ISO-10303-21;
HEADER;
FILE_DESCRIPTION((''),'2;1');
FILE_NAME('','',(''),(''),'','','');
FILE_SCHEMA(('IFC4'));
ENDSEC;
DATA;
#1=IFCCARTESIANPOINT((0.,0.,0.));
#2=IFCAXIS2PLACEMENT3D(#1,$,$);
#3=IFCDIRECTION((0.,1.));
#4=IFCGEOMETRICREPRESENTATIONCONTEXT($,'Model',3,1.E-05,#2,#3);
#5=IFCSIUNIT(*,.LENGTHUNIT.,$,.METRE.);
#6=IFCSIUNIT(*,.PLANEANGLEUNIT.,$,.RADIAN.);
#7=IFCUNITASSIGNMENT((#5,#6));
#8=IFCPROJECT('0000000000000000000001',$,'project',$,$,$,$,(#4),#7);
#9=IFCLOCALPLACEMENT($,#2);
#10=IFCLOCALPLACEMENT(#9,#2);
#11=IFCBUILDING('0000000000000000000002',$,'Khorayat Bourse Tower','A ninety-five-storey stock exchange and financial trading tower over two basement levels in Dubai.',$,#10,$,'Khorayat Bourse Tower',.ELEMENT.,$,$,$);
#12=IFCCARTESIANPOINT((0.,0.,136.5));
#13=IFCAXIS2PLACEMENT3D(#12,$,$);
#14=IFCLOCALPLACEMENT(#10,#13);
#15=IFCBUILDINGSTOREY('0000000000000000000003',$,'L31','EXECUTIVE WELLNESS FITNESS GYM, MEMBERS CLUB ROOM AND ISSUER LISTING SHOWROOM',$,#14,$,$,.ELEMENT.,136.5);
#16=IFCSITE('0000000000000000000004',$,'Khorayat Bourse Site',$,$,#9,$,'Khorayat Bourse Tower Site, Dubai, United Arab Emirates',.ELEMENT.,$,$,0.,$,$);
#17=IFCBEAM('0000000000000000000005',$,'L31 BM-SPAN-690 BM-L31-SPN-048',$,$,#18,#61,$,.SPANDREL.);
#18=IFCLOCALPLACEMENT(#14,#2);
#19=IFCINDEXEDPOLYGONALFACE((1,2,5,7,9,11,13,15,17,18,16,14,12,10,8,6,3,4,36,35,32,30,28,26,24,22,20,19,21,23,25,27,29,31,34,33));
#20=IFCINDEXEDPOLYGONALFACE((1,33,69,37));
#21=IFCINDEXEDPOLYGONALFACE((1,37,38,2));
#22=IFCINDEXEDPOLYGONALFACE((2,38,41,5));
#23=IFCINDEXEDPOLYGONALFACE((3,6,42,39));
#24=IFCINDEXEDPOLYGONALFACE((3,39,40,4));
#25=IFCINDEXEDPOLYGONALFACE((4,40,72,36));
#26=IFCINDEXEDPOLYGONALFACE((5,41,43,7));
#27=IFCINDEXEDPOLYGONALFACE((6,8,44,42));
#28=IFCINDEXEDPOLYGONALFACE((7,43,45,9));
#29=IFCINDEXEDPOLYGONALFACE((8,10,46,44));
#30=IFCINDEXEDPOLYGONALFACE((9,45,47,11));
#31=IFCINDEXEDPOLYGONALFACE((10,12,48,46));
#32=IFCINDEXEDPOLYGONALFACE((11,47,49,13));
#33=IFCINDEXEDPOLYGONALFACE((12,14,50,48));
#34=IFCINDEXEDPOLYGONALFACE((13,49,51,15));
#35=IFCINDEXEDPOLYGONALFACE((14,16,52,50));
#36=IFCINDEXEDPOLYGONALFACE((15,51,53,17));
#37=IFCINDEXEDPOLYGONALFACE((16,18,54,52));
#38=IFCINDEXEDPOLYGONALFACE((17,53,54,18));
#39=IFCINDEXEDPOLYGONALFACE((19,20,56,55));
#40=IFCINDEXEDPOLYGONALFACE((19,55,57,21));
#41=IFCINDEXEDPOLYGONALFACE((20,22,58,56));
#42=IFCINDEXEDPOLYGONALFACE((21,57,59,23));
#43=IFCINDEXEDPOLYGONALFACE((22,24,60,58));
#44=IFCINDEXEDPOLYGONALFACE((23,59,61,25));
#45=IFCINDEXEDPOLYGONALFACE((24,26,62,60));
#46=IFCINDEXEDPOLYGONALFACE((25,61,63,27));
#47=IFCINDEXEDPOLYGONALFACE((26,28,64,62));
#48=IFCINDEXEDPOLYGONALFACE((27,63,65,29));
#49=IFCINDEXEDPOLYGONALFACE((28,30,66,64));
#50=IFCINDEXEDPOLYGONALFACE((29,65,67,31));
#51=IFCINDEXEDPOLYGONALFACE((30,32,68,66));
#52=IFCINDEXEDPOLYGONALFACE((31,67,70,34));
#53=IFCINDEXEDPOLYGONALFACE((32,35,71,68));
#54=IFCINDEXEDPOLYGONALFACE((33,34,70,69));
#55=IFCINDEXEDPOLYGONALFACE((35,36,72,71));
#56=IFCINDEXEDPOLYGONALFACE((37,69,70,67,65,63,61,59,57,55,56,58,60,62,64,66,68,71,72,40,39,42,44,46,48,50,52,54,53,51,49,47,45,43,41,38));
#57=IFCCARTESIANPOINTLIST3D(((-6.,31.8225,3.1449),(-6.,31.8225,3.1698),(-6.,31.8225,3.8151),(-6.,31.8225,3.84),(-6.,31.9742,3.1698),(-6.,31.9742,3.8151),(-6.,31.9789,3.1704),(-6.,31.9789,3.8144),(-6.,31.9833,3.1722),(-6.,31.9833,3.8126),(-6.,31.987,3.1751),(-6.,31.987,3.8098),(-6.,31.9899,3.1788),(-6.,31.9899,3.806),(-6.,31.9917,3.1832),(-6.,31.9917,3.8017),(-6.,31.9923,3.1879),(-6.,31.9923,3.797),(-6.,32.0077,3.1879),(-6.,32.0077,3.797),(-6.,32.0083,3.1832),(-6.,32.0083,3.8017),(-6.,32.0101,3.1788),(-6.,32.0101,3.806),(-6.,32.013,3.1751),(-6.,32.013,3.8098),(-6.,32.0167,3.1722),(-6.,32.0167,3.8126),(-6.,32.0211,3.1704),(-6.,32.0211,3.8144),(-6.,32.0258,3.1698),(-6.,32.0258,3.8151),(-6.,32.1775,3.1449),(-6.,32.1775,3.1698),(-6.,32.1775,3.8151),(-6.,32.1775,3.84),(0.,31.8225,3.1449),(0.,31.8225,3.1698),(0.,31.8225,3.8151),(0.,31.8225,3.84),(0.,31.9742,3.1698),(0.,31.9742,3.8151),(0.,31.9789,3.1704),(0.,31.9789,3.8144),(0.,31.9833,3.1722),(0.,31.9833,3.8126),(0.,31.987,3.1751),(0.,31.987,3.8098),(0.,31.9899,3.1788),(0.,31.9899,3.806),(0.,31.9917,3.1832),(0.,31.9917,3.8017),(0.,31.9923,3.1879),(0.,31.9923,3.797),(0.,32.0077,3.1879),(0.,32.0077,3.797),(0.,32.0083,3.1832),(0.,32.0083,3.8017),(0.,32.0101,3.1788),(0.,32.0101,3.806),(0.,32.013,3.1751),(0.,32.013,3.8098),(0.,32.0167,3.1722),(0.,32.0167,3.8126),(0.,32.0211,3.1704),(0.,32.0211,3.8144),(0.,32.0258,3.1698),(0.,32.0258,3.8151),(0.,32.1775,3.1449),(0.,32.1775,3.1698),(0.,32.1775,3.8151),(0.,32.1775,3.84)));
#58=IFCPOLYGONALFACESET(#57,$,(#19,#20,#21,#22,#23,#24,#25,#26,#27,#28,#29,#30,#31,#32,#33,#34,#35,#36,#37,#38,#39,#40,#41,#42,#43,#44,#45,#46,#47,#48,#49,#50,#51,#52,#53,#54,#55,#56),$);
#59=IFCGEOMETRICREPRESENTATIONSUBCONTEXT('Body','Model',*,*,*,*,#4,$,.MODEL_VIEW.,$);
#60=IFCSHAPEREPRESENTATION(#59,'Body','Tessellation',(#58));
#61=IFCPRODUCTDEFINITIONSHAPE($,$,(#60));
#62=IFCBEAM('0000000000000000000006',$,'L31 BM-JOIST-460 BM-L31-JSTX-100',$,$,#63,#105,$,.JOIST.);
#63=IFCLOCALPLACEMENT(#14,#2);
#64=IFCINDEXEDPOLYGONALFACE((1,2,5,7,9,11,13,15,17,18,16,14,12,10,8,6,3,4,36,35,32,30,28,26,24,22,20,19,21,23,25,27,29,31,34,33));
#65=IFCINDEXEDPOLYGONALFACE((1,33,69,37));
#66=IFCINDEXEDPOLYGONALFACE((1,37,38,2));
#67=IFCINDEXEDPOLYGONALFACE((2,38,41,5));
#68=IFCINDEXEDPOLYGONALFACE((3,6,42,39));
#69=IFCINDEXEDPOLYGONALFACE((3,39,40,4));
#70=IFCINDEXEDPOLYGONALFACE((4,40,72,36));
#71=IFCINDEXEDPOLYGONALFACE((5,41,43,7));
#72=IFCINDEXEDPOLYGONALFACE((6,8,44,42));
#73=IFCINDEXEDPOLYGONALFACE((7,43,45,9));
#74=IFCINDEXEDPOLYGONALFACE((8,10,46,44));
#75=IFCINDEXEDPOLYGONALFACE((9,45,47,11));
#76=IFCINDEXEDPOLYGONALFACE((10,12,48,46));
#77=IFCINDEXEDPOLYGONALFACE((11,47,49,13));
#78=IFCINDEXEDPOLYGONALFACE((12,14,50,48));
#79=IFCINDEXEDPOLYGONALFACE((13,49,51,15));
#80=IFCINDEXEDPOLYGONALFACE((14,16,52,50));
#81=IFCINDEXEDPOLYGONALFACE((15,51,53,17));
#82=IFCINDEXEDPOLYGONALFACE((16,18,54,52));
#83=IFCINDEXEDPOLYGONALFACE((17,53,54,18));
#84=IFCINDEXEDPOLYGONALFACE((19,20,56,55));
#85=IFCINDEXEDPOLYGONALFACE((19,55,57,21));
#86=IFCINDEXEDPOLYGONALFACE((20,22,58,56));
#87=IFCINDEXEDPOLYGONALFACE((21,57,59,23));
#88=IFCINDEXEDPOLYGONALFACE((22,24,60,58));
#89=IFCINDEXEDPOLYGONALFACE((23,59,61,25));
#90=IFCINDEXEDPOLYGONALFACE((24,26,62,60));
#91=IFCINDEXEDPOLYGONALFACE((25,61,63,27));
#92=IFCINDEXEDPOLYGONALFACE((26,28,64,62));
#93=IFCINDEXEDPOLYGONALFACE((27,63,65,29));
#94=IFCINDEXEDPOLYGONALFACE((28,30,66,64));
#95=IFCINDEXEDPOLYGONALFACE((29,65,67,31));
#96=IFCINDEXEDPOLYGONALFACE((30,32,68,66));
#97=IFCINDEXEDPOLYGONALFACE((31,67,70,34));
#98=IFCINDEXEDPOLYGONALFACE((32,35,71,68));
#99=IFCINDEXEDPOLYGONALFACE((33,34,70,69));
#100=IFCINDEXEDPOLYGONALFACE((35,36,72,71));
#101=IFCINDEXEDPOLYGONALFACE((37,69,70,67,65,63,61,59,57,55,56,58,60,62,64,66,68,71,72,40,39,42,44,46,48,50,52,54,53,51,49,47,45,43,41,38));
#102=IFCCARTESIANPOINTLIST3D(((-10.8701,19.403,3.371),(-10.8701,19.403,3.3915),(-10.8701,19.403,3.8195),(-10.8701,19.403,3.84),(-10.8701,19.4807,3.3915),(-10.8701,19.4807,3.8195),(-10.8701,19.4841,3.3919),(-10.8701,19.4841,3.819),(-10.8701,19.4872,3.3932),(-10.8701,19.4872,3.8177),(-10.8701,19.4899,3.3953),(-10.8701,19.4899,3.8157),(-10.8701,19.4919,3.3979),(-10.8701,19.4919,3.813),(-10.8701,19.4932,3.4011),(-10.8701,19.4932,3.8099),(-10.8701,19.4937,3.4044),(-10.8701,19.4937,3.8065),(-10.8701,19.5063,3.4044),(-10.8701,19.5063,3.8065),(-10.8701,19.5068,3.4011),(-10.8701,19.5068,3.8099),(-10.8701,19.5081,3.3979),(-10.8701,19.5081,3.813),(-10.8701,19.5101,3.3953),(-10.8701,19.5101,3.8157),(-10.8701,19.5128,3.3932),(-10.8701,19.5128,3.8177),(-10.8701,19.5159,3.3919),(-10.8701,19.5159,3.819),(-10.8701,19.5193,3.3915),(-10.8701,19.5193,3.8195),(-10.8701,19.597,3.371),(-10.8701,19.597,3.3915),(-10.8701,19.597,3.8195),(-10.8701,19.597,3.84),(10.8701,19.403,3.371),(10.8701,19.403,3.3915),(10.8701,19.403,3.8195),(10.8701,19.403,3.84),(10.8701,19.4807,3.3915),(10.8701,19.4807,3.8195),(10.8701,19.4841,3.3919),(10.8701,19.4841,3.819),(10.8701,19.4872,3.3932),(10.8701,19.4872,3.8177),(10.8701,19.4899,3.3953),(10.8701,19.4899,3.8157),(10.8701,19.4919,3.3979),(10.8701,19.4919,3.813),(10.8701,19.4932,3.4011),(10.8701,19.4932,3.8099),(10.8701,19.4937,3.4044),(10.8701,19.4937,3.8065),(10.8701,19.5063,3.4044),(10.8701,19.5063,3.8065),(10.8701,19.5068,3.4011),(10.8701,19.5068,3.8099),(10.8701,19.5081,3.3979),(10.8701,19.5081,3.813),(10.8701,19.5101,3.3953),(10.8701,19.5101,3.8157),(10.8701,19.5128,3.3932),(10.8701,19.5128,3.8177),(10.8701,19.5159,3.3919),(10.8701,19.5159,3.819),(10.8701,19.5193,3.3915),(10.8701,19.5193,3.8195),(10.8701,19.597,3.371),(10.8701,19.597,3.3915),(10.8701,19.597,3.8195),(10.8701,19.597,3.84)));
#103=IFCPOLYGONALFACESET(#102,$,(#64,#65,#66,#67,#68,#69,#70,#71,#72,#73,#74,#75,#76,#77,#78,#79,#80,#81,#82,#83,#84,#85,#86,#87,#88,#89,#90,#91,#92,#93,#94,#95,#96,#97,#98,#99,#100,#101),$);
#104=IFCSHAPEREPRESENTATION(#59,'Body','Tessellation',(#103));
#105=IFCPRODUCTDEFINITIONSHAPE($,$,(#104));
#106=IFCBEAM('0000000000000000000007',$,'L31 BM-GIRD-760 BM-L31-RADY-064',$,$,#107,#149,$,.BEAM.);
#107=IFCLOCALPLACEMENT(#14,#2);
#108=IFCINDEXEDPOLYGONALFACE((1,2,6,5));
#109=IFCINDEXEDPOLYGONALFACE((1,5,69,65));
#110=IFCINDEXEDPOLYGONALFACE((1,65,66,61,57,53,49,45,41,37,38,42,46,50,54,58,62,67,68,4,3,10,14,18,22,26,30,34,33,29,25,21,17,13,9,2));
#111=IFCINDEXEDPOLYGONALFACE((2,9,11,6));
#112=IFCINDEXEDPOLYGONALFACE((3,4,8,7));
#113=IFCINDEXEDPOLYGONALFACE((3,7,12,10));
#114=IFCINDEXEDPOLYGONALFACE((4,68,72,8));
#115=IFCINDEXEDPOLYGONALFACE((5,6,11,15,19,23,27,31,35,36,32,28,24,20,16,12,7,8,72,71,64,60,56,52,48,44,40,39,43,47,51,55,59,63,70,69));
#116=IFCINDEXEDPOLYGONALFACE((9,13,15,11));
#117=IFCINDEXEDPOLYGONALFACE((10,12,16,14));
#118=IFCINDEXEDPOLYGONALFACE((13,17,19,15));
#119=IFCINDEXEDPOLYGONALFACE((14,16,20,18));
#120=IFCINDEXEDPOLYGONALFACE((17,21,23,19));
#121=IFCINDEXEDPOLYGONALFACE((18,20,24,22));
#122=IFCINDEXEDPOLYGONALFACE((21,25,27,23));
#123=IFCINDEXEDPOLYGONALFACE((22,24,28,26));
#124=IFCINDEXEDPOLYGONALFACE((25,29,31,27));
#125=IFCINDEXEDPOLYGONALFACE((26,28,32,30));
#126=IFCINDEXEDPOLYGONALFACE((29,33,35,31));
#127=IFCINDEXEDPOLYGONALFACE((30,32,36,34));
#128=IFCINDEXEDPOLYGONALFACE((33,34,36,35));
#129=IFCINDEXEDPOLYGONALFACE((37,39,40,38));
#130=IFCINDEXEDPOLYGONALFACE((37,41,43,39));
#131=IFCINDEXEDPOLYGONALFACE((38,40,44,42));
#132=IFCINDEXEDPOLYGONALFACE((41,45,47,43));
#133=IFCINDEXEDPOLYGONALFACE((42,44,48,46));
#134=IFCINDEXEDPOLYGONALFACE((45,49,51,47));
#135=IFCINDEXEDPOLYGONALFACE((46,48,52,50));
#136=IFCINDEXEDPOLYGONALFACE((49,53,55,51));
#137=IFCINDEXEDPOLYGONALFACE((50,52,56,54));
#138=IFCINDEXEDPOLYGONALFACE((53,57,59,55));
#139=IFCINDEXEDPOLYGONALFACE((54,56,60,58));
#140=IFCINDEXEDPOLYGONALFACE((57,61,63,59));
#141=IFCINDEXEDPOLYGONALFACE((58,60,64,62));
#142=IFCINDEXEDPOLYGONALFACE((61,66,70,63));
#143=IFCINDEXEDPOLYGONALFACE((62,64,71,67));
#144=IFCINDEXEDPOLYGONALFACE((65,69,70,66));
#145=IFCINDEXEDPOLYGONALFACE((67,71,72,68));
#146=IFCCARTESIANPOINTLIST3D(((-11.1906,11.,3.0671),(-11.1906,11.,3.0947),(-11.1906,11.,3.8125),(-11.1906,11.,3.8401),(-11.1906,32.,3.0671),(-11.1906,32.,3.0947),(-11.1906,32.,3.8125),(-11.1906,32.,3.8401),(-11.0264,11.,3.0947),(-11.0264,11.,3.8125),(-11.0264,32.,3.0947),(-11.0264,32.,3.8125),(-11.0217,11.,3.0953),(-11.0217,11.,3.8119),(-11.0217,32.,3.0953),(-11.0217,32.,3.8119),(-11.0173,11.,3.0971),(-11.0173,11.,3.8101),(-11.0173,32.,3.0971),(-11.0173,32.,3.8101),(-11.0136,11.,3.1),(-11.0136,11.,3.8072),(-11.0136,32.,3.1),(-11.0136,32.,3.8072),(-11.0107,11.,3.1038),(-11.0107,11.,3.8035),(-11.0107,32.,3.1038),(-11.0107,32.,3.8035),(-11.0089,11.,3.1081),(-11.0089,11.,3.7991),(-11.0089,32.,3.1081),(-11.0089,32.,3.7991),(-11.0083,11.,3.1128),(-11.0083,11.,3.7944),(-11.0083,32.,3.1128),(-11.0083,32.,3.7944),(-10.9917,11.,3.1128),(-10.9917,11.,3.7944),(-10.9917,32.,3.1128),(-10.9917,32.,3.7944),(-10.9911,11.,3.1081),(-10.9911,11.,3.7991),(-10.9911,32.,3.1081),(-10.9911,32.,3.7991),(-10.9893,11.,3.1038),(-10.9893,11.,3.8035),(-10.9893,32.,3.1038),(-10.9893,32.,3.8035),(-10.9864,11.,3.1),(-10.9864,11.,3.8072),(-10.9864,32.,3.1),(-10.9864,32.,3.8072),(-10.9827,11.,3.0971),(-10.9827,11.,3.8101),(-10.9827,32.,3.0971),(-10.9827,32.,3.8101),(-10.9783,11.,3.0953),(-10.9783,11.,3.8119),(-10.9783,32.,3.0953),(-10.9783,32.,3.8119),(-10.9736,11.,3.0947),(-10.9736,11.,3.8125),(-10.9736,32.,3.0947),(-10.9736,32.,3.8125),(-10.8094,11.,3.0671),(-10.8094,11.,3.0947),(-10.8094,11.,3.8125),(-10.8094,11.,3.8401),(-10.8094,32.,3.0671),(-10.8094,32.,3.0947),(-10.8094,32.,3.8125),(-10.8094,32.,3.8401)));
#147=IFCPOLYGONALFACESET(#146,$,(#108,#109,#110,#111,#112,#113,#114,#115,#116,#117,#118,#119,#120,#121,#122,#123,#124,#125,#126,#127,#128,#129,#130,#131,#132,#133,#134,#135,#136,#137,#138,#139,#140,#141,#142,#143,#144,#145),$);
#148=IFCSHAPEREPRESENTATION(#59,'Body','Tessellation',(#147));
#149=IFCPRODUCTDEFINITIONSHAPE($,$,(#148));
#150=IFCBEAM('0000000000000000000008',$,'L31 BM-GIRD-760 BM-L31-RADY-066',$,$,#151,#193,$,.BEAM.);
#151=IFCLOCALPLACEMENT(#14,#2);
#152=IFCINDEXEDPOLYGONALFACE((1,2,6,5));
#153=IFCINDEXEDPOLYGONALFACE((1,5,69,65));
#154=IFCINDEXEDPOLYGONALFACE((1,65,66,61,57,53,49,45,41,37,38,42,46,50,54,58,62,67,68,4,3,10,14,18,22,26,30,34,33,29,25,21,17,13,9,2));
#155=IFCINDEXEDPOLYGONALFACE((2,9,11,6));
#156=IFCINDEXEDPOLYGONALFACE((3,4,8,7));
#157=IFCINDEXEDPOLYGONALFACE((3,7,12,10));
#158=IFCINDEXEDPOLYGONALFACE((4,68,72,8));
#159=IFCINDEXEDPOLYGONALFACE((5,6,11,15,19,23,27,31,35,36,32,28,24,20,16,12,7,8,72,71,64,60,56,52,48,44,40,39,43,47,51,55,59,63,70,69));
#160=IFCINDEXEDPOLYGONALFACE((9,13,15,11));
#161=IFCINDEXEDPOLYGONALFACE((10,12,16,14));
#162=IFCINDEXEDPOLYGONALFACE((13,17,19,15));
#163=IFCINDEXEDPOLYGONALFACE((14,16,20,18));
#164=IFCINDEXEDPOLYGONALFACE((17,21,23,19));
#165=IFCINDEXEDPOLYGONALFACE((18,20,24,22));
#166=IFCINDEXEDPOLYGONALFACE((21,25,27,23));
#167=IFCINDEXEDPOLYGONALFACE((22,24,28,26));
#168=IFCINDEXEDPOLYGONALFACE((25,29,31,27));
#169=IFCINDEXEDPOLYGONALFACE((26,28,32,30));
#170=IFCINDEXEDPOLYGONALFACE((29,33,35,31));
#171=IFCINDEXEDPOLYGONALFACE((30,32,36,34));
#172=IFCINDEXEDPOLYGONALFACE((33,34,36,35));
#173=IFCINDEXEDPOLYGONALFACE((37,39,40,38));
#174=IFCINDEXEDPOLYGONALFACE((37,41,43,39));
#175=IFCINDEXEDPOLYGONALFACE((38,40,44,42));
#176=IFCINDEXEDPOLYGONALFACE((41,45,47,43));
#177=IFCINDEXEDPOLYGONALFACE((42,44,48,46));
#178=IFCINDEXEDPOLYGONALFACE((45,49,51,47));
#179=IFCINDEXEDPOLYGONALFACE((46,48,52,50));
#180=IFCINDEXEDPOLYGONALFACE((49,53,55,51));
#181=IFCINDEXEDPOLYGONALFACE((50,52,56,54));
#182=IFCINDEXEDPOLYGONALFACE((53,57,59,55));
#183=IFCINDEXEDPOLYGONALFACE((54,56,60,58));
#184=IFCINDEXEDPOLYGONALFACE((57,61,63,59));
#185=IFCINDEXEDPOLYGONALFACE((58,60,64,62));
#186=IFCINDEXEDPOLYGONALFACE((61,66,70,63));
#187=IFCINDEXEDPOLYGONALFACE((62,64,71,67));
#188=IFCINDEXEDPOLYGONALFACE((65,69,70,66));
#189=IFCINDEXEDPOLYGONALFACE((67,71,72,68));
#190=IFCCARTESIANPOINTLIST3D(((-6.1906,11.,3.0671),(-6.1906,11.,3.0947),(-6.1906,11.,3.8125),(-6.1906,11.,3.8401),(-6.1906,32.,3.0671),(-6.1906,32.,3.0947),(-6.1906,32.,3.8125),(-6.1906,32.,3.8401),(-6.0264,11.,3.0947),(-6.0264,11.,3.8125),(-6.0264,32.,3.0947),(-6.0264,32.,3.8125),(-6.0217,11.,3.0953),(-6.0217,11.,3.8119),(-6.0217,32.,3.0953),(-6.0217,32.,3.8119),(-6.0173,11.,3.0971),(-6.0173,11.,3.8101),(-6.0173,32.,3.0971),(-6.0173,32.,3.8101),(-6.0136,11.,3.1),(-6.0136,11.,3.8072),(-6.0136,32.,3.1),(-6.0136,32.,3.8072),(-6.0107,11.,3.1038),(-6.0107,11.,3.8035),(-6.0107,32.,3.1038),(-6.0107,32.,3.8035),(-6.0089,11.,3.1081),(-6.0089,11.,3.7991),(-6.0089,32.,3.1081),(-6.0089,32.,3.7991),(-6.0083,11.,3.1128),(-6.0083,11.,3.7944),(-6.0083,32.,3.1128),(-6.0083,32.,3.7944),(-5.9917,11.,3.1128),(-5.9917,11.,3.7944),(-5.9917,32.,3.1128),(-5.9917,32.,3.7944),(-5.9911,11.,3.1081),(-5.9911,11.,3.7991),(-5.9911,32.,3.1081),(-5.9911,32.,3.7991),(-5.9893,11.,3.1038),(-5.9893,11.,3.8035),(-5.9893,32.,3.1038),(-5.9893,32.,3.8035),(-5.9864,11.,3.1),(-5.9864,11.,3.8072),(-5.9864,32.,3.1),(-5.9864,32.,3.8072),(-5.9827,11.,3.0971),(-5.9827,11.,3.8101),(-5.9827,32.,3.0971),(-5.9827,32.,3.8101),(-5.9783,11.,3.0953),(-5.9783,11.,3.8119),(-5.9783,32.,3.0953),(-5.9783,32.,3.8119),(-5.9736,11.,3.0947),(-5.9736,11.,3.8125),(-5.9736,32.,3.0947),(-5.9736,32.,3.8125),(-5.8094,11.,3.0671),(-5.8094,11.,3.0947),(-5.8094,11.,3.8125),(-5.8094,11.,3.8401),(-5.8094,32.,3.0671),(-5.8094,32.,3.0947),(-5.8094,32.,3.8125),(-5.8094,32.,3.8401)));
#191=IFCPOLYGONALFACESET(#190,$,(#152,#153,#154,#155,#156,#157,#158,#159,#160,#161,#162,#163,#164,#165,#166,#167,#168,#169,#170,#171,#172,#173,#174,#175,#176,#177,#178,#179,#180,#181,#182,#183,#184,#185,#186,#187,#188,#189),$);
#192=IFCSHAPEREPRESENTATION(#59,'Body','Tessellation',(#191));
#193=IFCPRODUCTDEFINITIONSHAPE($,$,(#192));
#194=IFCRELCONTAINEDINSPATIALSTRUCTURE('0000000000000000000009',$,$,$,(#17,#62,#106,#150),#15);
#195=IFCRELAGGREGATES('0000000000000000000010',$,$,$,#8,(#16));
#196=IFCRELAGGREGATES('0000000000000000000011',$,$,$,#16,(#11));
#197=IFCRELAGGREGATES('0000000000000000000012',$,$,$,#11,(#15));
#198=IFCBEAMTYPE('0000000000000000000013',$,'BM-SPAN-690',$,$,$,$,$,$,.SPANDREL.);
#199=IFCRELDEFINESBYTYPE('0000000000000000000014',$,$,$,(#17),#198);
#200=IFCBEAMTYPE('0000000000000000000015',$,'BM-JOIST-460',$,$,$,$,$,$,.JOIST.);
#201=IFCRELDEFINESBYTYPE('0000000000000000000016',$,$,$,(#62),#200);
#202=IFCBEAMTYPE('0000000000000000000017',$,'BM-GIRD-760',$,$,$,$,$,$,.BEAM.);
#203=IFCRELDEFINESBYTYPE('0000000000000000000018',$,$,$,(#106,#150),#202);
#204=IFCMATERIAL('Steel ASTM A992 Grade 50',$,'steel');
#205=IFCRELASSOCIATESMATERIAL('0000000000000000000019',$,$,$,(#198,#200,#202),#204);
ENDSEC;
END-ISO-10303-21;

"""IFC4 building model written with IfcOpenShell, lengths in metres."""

from ifc_helpers import new_model, si_unit, direction, frame, origin, origin_2d, place, context, subcontext, project, spatial, i_section, extrude, source, transform, mapped, material, material_profile, profile_set, type_object, element, save


model = new_model("IFC4")

# Units and contexts
model_context = context("Model", 3, precision=1e-05, world=origin(), true_north=direction((0.0, 1.0)))
body_context = subcontext(model_context, "Body", "Model", "MODEL_VIEW")
ifc_project = project(units=[si_unit("LENGTHUNIT", "METRE"), si_unit("PLANEANGLEUNIT", "RADIAN")], contexts=[model_context])

# Site, building, storey
site_placement = place(None, origin())
site = spatial("IfcSite", under=ifc_project, at=site_placement, Name="Khorayat Bourse Site", LongName="Khorayat Bourse Tower Site, Dubai, United Arab Emirates", CompositionType="ELEMENT", RefElevation=0.0)
building_placement = place(site_placement, origin())
building = spatial("IfcBuilding", under=site, at=building_placement, Name="Khorayat Bourse Tower", Description="A ninety-five-storey stock exchange and financial trading tower over two basement levels in Dubai.", LongName="Khorayat Bourse Tower", CompositionType="ELEMENT")
storey_placement = place(building_placement, frame((0.0, 0.0, 136.5)))
storey = spatial("IfcBuildingStorey", under=building, at=storey_placement, Name="L31", Description="EXECUTIVE WELLNESS FITNESS GYM, MEMBERS CLUB ROOM AND ISSUER LISTING SHOWROOM", CompositionType="ELEMENT", Elevation=136.5)

# Beams
ifc_material_1 = material(Name="Steel ASTM A992 Grade 50", Category="steel")
ifc_material_profile_1 = material_profile(ifc_material_1, i_section(OverallWidth=0.355, OverallDepth=0.6951, WebThickness=0.0154, FlangeThickness=0.0249, FilletRadius=0.0181, at=origin_2d()), Name="W690X217")
ifc_profile_set_1 = profile_set([ifc_material_profile_1], Name="Steel ASTM A992 Grade 50")
beam_type_1 = type_object("IfcBeamType", Name="BM-SPAN-690", PredefinedType="SPANDREL", material=ifc_profile_set_1)
shared_shape_1 = source(origin(), body_context, "Body", "SweptSolid", [
    extrude(i_section(OverallWidth=0.355, OverallDepth=0.6951, WebThickness=0.0154, FlangeThickness=0.0249, FilletRadius=0.0181, at=origin_2d()), origin(), (0.0, 0.0, 1.0), 6.0),
])
beam_1_placement = place(storey_placement, frame((-6.0, 32.0, 3.4924), z_axis=(1.0, 0.0, 0.0), x_axis=(0.0, 1.0, 0.0)))
element("IfcBeam", 1, at=beam_1_placement, inside=storey, type_object=beam_type_1, Name="L31 BM-SPAN-690 BM-L31-SPN-048", PredefinedType="SPANDREL", context=body_context, shape_type="MappedRepresentation", body=[
    mapped(shared_shape_1, transform((0.0, 0.0, 0.0), scale=1.0)),
])
ifc_material_profile_2 = material_profile(ifc_material_1, i_section(OverallWidth=0.1941, OverallDepth=0.469, WebThickness=0.0127, FlangeThickness=0.0205, FilletRadius=0.0129, at=origin_2d()), Name="W460X106")
ifc_profile_set_2 = profile_set([ifc_material_profile_2], Name="Steel ASTM A992 Grade 50")
beam_type_2 = type_object("IfcBeamType", Name="BM-JOIST-460", PredefinedType="JOIST", material=ifc_profile_set_2)
shared_shape_2 = source(origin(), body_context, "Body", "SweptSolid", [
    extrude(i_section(OverallWidth=0.1941, OverallDepth=0.469, WebThickness=0.0127, FlangeThickness=0.0205, FilletRadius=0.0129, at=origin_2d()), origin(), (0.0, 0.0, 1.0), 21.7402),
])
beam_2_placement = place(storey_placement, frame((-10.8701, 19.5, 3.6055), z_axis=(1.0, 0.0, 0.0), x_axis=(0.0, 1.0, 0.0)))
element("IfcBeam", 2, at=beam_2_placement, inside=storey, type_object=beam_type_2, Name="L31 BM-JOIST-460 BM-L31-JSTX-100", PredefinedType="JOIST", context=body_context, shape_type="MappedRepresentation", body=[
    mapped(shared_shape_2, transform((0.0, 0.0, 0.0), scale=1.0)),
])
ifc_material_profile_3 = material_profile(ifc_material_1, i_section(OverallWidth=0.3811, OverallDepth=0.7729, WebThickness=0.0166, FlangeThickness=0.0276, FilletRadius=0.0181, at=origin_2d()), Name="W760X257")
ifc_profile_set_3 = profile_set([ifc_material_profile_3], Name="Steel ASTM A992 Grade 50")
beam_type_3 = type_object("IfcBeamType", Name="BM-GIRD-760", PredefinedType="BEAM", material=ifc_profile_set_3)
shared_shape_3 = source(origin(), body_context, "Body", "SweptSolid", [
    extrude(i_section(OverallWidth=0.3811, OverallDepth=0.7729, WebThickness=0.0166, FlangeThickness=0.0276, FilletRadius=0.0181, at=origin_2d()), origin(), (0.0, 0.0, 1.0), 21.0),
])
for number, where, z_axis, x_axis, name in (
    (3, (-11.0, 11.0, 3.4536), (0.0, 1.0, 0.0), (-1.0, 0.0, 0.0), "L31 BM-GIRD-760 BM-L31-RADY-064"),
    (4, (-6.0, 11.0, 3.4536), (0.0, 1.0, 0.0), (-1.0, 0.0, 0.0), "L31 BM-GIRD-760 BM-L31-RADY-066"),
):
    element("IfcBeam", number, at=place(storey_placement, frame(where, z_axis=z_axis, x_axis=x_axis)), inside=storey, type_object=beam_type_3, Name=name, PredefinedType="BEAM", context=body_context, shape_type="MappedRepresentation", body=[
        mapped(shared_shape_3, transform((0.0, 0.0, 0.0), scale=1.0)),
    ])

save(model, "model.ifc")
